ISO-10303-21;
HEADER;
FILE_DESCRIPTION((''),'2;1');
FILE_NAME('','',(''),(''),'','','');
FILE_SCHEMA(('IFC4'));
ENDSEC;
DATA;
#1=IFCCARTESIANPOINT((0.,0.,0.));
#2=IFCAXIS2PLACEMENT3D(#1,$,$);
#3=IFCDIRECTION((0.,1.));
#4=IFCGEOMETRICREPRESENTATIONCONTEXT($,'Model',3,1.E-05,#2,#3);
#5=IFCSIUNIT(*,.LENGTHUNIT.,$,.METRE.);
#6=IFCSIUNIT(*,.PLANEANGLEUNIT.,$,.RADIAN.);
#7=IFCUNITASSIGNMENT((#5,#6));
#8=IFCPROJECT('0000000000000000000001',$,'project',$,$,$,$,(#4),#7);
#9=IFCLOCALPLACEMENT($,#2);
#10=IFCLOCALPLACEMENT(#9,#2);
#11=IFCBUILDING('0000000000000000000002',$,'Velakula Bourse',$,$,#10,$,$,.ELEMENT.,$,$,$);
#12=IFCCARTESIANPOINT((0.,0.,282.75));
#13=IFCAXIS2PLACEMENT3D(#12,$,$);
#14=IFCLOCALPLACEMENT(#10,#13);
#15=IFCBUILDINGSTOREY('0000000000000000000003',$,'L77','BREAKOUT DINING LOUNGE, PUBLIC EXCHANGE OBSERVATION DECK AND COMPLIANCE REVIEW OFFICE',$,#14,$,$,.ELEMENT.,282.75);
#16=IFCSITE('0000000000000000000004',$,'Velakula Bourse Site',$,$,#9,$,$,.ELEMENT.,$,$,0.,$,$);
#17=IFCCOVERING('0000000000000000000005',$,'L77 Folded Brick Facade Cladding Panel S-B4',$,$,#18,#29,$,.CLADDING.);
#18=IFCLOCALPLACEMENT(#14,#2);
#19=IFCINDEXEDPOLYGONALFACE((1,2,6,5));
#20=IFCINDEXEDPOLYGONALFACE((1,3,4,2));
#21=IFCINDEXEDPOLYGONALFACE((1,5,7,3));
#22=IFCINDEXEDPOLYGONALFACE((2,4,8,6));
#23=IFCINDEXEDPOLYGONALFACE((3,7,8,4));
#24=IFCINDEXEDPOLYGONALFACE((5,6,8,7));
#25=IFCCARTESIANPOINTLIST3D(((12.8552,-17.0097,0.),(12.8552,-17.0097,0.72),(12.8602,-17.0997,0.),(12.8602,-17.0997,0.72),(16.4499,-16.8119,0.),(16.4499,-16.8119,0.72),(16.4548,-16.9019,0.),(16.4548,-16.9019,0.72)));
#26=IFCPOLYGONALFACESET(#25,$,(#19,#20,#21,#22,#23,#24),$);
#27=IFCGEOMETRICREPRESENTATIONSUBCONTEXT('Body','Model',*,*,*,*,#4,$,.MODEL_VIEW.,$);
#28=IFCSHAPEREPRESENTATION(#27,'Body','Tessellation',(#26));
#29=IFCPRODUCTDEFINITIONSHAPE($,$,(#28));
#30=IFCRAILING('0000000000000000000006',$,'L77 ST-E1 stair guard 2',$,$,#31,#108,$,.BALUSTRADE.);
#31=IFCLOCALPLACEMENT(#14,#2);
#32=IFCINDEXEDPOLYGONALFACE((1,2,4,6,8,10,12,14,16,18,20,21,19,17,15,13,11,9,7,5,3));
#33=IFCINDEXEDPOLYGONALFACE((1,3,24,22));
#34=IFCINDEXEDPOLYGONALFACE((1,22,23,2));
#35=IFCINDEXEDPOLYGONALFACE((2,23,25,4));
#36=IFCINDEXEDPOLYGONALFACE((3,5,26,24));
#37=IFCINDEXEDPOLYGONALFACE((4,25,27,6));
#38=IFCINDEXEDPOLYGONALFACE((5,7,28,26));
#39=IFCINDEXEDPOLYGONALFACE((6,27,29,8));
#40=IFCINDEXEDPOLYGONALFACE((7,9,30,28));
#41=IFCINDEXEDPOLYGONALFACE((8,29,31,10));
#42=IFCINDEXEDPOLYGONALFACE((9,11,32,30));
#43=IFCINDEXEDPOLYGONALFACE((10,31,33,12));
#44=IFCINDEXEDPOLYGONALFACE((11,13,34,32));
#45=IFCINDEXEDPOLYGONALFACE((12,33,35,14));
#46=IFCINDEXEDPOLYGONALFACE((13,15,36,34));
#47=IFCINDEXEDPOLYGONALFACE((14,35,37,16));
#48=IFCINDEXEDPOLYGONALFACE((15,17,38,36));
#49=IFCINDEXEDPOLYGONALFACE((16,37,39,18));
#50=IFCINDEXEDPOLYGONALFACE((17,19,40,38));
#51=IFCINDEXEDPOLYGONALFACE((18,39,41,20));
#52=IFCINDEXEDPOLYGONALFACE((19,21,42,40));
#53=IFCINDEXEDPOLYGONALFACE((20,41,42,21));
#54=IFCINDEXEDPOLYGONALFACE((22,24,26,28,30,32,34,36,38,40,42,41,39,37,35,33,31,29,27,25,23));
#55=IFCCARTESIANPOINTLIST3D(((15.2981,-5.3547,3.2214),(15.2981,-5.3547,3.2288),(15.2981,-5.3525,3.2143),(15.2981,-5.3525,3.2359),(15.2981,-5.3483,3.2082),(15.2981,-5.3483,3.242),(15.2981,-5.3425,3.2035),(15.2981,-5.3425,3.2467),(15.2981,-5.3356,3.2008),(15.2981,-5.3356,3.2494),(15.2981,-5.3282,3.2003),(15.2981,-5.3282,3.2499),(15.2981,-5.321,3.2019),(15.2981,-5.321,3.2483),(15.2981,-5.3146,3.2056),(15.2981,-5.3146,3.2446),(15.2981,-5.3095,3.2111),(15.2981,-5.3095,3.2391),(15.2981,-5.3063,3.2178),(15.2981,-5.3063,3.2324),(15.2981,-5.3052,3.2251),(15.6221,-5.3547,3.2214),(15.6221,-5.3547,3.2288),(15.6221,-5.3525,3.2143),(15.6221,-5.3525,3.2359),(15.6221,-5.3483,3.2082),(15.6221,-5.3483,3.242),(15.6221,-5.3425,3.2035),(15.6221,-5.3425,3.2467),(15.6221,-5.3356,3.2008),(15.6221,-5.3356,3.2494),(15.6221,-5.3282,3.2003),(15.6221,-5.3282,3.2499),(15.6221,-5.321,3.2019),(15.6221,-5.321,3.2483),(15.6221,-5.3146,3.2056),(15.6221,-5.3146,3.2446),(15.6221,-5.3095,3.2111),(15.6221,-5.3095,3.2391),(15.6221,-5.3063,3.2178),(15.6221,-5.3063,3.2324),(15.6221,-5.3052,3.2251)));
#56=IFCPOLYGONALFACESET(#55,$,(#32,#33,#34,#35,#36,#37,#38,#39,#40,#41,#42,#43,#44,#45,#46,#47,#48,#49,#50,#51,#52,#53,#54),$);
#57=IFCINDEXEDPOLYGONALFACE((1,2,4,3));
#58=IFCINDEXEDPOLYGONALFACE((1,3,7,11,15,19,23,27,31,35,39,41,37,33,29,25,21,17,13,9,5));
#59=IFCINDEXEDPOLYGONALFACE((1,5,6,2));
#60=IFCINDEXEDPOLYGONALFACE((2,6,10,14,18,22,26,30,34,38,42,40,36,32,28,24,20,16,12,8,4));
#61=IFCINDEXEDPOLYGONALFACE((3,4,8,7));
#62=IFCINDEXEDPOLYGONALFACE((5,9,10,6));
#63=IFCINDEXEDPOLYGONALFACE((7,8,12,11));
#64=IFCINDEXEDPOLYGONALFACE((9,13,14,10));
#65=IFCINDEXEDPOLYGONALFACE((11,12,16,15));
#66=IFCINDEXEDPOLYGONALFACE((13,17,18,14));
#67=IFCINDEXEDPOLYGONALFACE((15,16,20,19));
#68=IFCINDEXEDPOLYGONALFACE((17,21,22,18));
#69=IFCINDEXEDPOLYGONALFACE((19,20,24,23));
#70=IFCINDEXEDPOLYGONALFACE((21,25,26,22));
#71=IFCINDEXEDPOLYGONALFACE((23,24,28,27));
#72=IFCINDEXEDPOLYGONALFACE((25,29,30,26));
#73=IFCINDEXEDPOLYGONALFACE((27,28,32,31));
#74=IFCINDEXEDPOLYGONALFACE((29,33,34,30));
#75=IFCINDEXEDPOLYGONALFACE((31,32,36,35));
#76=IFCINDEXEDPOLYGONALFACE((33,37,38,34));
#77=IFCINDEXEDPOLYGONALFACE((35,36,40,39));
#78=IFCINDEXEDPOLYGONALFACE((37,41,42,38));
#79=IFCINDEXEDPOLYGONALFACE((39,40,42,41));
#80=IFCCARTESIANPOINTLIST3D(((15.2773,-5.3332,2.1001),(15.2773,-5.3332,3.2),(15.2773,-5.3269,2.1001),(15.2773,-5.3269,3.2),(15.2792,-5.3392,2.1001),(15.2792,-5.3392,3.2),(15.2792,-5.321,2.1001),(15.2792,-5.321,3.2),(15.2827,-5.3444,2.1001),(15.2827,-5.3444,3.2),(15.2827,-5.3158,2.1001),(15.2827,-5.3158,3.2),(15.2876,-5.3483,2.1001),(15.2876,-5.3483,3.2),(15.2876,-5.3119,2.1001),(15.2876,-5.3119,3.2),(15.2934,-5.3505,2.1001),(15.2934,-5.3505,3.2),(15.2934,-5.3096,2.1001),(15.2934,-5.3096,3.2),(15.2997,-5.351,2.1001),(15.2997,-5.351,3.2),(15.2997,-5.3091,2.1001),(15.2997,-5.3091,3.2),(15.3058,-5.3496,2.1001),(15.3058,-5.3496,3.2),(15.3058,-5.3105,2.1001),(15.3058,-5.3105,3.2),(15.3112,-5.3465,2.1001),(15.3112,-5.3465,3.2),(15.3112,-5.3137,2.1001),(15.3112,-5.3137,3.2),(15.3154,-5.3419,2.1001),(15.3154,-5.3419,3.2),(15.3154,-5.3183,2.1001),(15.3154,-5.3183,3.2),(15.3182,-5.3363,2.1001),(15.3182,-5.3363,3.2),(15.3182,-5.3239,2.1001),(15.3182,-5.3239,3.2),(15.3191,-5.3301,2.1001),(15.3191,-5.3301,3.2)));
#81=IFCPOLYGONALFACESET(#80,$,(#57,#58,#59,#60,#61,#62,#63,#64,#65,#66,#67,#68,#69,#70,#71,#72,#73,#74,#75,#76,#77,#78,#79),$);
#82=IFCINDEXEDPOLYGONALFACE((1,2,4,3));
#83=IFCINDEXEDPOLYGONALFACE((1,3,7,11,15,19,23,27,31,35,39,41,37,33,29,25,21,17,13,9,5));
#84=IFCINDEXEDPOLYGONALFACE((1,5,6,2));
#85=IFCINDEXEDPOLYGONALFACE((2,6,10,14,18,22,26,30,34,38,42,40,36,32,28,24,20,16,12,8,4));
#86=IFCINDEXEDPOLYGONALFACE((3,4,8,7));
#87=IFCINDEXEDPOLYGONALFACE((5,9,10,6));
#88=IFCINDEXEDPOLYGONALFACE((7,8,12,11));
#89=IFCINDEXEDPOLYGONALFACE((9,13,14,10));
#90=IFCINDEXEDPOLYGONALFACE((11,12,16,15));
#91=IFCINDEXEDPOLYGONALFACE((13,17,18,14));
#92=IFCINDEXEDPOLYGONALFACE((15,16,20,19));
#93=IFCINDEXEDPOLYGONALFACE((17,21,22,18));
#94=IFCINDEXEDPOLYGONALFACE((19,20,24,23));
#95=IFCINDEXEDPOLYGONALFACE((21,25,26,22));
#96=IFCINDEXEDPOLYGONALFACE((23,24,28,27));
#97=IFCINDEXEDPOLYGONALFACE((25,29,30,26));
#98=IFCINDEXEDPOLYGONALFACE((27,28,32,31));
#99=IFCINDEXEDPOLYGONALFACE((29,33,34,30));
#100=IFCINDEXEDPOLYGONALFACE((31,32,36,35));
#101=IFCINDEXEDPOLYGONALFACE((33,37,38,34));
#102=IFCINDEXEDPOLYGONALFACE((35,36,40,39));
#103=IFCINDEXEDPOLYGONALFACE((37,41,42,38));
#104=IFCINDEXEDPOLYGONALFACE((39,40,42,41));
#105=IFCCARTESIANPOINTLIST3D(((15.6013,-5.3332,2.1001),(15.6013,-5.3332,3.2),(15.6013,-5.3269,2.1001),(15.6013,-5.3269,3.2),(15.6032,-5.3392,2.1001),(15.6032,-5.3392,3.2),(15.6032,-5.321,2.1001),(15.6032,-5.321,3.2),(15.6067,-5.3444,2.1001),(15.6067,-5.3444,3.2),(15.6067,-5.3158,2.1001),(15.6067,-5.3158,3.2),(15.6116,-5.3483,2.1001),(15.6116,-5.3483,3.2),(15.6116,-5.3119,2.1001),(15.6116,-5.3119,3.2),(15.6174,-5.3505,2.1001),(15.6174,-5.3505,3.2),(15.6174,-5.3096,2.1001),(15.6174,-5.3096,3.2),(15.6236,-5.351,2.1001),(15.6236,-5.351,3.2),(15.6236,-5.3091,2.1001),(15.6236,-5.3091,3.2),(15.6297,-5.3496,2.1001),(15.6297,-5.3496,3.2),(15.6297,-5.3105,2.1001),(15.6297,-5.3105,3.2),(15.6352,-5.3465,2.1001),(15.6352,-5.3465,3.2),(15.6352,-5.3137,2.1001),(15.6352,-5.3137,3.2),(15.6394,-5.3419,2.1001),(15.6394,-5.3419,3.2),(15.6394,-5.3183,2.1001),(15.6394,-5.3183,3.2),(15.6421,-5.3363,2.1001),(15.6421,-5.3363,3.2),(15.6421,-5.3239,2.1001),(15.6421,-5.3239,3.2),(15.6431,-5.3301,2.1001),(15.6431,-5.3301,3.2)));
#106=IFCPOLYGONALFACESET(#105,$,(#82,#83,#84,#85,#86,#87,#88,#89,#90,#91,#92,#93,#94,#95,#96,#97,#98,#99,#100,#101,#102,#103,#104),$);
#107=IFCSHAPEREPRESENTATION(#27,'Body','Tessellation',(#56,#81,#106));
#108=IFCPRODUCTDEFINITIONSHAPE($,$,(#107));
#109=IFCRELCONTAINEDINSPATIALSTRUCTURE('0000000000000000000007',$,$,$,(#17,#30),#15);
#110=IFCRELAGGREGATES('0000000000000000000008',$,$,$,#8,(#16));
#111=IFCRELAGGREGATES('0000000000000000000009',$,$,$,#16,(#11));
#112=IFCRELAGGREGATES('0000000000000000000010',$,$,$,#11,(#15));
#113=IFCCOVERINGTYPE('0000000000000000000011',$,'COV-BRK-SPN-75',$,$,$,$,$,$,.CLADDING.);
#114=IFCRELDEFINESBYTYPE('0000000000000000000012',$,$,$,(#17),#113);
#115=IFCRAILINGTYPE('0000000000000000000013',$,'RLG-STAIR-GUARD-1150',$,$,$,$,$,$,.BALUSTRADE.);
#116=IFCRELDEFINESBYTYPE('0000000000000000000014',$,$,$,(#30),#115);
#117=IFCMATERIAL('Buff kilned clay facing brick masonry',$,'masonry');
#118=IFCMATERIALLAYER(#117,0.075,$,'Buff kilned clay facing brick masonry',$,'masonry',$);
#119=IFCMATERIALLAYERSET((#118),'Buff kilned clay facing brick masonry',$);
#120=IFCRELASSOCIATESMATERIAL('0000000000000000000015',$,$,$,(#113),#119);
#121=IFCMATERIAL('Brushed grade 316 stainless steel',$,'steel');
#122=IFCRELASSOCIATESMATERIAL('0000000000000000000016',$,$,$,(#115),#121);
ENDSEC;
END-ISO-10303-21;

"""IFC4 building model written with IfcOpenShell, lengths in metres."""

from ifc_helpers import new_model, si_unit, direction, frame, origin, origin_2d, place, context, subcontext, project, spatial, rectangle, circle, extrude, material, layer, layer_set, type_object, element, save


model = new_model("IFC4")

# Units and contexts
model_context = context("Model", 3, precision=1e-05, world=origin(), true_north=direction((0.0, 1.0)))
body_context = subcontext(model_context, "Body", "Model", "MODEL_VIEW")
ifc_project = project(units=[si_unit("LENGTHUNIT", "METRE"), si_unit("PLANEANGLEUNIT", "RADIAN")], contexts=[model_context])

# Site, building, storey
site_placement = place(None, origin())
site = spatial("IfcSite", under=ifc_project, at=site_placement, Name="Velakula Bourse Site", CompositionType="ELEMENT", RefElevation=0.0)
building_placement = place(site_placement, origin())
building = spatial("IfcBuilding", under=site, at=building_placement, Name="Velakula Bourse", CompositionType="ELEMENT")
storey_placement = place(building_placement, frame((0.0, 0.0, 282.75)))
storey = spatial("IfcBuildingStorey", under=building, at=storey_placement, Name="L77", Description="BREAKOUT DINING LOUNGE, PUBLIC EXCHANGE OBSERVATION DECK AND COMPLIANCE REVIEW OFFICE", CompositionType="ELEMENT", Elevation=282.75)

# Shared definitions
ifc_material_1 = material(Name="Buff kilned clay facing brick masonry", Category="masonry")

# Shared definitions
ifc_material_2 = material(Name="Brushed grade 316 stainless steel", Category="steel")

# Covering
ifc_layer_1 = layer(ifc_material_1, 0.075, Name="Buff kilned clay facing brick masonry", Category="masonry")
ifc_layer_set_1 = layer_set([ifc_layer_1], Name="Buff kilned clay facing brick masonry")
covering_type = type_object("IfcCoveringType", Name="COV-BRK-SPN-75", PredefinedType="CLADDING", material=ifc_layer_set_1)
covering_placement = place(storey_placement, frame((14.655, -16.9558, 0.0), z_axis=(0.0, 0.0, 1.0), x_axis=(0.998489, 0.05495, 0.0)))
element("IfcCovering", 1, at=covering_placement, inside=storey, type_object=covering_type, Name="L77 Folded Brick Facade Cladding Panel S-B4", PredefinedType="CLADDING", context=body_context, shape_type="SweptSolid", body=[
    extrude(rectangle(XDim=3.6001, YDim=0.0901, at=origin_2d()), origin(), (0.0, 0.0, 1.0), 0.72),
])

# Railing
railing_type_1 = type_object("IfcRailingType", Name="RLG-STAIR-GUARD-1150", PredefinedType="BALUSTRADE", material=ifc_material_2)
railing_1_placement = place(storey_placement, frame((15.2981, -5.3301, 2.1001)))
element("IfcRailing", 2, at=railing_1_placement, inside=storey, type_object=railing_type_1, Name="L77 ST-E1 stair guard 2", PredefinedType="BALUSTRADE", context=body_context, shape_type="SweptSolid", body=[
    extrude(circle(Radius=0.0249, at=origin_2d()), frame((0.0, 0.0, 1.125), z_axis=(1.0, 0.0, 0.0), x_axis=(0.0, 1.0, 0.0)), (0.0, 0.0, 1.0), 0.324),
    extrude(circle(Radius=0.021, at=origin_2d()), origin(), (0.0, 0.0, 1.0), 1.0999),
    extrude(circle(Radius=0.021, at=origin_2d()), frame((0.324, 0.0, 0.0)), (0.0, 0.0, 1.0), 1.0999),
])

save(model, "model.ifc")
